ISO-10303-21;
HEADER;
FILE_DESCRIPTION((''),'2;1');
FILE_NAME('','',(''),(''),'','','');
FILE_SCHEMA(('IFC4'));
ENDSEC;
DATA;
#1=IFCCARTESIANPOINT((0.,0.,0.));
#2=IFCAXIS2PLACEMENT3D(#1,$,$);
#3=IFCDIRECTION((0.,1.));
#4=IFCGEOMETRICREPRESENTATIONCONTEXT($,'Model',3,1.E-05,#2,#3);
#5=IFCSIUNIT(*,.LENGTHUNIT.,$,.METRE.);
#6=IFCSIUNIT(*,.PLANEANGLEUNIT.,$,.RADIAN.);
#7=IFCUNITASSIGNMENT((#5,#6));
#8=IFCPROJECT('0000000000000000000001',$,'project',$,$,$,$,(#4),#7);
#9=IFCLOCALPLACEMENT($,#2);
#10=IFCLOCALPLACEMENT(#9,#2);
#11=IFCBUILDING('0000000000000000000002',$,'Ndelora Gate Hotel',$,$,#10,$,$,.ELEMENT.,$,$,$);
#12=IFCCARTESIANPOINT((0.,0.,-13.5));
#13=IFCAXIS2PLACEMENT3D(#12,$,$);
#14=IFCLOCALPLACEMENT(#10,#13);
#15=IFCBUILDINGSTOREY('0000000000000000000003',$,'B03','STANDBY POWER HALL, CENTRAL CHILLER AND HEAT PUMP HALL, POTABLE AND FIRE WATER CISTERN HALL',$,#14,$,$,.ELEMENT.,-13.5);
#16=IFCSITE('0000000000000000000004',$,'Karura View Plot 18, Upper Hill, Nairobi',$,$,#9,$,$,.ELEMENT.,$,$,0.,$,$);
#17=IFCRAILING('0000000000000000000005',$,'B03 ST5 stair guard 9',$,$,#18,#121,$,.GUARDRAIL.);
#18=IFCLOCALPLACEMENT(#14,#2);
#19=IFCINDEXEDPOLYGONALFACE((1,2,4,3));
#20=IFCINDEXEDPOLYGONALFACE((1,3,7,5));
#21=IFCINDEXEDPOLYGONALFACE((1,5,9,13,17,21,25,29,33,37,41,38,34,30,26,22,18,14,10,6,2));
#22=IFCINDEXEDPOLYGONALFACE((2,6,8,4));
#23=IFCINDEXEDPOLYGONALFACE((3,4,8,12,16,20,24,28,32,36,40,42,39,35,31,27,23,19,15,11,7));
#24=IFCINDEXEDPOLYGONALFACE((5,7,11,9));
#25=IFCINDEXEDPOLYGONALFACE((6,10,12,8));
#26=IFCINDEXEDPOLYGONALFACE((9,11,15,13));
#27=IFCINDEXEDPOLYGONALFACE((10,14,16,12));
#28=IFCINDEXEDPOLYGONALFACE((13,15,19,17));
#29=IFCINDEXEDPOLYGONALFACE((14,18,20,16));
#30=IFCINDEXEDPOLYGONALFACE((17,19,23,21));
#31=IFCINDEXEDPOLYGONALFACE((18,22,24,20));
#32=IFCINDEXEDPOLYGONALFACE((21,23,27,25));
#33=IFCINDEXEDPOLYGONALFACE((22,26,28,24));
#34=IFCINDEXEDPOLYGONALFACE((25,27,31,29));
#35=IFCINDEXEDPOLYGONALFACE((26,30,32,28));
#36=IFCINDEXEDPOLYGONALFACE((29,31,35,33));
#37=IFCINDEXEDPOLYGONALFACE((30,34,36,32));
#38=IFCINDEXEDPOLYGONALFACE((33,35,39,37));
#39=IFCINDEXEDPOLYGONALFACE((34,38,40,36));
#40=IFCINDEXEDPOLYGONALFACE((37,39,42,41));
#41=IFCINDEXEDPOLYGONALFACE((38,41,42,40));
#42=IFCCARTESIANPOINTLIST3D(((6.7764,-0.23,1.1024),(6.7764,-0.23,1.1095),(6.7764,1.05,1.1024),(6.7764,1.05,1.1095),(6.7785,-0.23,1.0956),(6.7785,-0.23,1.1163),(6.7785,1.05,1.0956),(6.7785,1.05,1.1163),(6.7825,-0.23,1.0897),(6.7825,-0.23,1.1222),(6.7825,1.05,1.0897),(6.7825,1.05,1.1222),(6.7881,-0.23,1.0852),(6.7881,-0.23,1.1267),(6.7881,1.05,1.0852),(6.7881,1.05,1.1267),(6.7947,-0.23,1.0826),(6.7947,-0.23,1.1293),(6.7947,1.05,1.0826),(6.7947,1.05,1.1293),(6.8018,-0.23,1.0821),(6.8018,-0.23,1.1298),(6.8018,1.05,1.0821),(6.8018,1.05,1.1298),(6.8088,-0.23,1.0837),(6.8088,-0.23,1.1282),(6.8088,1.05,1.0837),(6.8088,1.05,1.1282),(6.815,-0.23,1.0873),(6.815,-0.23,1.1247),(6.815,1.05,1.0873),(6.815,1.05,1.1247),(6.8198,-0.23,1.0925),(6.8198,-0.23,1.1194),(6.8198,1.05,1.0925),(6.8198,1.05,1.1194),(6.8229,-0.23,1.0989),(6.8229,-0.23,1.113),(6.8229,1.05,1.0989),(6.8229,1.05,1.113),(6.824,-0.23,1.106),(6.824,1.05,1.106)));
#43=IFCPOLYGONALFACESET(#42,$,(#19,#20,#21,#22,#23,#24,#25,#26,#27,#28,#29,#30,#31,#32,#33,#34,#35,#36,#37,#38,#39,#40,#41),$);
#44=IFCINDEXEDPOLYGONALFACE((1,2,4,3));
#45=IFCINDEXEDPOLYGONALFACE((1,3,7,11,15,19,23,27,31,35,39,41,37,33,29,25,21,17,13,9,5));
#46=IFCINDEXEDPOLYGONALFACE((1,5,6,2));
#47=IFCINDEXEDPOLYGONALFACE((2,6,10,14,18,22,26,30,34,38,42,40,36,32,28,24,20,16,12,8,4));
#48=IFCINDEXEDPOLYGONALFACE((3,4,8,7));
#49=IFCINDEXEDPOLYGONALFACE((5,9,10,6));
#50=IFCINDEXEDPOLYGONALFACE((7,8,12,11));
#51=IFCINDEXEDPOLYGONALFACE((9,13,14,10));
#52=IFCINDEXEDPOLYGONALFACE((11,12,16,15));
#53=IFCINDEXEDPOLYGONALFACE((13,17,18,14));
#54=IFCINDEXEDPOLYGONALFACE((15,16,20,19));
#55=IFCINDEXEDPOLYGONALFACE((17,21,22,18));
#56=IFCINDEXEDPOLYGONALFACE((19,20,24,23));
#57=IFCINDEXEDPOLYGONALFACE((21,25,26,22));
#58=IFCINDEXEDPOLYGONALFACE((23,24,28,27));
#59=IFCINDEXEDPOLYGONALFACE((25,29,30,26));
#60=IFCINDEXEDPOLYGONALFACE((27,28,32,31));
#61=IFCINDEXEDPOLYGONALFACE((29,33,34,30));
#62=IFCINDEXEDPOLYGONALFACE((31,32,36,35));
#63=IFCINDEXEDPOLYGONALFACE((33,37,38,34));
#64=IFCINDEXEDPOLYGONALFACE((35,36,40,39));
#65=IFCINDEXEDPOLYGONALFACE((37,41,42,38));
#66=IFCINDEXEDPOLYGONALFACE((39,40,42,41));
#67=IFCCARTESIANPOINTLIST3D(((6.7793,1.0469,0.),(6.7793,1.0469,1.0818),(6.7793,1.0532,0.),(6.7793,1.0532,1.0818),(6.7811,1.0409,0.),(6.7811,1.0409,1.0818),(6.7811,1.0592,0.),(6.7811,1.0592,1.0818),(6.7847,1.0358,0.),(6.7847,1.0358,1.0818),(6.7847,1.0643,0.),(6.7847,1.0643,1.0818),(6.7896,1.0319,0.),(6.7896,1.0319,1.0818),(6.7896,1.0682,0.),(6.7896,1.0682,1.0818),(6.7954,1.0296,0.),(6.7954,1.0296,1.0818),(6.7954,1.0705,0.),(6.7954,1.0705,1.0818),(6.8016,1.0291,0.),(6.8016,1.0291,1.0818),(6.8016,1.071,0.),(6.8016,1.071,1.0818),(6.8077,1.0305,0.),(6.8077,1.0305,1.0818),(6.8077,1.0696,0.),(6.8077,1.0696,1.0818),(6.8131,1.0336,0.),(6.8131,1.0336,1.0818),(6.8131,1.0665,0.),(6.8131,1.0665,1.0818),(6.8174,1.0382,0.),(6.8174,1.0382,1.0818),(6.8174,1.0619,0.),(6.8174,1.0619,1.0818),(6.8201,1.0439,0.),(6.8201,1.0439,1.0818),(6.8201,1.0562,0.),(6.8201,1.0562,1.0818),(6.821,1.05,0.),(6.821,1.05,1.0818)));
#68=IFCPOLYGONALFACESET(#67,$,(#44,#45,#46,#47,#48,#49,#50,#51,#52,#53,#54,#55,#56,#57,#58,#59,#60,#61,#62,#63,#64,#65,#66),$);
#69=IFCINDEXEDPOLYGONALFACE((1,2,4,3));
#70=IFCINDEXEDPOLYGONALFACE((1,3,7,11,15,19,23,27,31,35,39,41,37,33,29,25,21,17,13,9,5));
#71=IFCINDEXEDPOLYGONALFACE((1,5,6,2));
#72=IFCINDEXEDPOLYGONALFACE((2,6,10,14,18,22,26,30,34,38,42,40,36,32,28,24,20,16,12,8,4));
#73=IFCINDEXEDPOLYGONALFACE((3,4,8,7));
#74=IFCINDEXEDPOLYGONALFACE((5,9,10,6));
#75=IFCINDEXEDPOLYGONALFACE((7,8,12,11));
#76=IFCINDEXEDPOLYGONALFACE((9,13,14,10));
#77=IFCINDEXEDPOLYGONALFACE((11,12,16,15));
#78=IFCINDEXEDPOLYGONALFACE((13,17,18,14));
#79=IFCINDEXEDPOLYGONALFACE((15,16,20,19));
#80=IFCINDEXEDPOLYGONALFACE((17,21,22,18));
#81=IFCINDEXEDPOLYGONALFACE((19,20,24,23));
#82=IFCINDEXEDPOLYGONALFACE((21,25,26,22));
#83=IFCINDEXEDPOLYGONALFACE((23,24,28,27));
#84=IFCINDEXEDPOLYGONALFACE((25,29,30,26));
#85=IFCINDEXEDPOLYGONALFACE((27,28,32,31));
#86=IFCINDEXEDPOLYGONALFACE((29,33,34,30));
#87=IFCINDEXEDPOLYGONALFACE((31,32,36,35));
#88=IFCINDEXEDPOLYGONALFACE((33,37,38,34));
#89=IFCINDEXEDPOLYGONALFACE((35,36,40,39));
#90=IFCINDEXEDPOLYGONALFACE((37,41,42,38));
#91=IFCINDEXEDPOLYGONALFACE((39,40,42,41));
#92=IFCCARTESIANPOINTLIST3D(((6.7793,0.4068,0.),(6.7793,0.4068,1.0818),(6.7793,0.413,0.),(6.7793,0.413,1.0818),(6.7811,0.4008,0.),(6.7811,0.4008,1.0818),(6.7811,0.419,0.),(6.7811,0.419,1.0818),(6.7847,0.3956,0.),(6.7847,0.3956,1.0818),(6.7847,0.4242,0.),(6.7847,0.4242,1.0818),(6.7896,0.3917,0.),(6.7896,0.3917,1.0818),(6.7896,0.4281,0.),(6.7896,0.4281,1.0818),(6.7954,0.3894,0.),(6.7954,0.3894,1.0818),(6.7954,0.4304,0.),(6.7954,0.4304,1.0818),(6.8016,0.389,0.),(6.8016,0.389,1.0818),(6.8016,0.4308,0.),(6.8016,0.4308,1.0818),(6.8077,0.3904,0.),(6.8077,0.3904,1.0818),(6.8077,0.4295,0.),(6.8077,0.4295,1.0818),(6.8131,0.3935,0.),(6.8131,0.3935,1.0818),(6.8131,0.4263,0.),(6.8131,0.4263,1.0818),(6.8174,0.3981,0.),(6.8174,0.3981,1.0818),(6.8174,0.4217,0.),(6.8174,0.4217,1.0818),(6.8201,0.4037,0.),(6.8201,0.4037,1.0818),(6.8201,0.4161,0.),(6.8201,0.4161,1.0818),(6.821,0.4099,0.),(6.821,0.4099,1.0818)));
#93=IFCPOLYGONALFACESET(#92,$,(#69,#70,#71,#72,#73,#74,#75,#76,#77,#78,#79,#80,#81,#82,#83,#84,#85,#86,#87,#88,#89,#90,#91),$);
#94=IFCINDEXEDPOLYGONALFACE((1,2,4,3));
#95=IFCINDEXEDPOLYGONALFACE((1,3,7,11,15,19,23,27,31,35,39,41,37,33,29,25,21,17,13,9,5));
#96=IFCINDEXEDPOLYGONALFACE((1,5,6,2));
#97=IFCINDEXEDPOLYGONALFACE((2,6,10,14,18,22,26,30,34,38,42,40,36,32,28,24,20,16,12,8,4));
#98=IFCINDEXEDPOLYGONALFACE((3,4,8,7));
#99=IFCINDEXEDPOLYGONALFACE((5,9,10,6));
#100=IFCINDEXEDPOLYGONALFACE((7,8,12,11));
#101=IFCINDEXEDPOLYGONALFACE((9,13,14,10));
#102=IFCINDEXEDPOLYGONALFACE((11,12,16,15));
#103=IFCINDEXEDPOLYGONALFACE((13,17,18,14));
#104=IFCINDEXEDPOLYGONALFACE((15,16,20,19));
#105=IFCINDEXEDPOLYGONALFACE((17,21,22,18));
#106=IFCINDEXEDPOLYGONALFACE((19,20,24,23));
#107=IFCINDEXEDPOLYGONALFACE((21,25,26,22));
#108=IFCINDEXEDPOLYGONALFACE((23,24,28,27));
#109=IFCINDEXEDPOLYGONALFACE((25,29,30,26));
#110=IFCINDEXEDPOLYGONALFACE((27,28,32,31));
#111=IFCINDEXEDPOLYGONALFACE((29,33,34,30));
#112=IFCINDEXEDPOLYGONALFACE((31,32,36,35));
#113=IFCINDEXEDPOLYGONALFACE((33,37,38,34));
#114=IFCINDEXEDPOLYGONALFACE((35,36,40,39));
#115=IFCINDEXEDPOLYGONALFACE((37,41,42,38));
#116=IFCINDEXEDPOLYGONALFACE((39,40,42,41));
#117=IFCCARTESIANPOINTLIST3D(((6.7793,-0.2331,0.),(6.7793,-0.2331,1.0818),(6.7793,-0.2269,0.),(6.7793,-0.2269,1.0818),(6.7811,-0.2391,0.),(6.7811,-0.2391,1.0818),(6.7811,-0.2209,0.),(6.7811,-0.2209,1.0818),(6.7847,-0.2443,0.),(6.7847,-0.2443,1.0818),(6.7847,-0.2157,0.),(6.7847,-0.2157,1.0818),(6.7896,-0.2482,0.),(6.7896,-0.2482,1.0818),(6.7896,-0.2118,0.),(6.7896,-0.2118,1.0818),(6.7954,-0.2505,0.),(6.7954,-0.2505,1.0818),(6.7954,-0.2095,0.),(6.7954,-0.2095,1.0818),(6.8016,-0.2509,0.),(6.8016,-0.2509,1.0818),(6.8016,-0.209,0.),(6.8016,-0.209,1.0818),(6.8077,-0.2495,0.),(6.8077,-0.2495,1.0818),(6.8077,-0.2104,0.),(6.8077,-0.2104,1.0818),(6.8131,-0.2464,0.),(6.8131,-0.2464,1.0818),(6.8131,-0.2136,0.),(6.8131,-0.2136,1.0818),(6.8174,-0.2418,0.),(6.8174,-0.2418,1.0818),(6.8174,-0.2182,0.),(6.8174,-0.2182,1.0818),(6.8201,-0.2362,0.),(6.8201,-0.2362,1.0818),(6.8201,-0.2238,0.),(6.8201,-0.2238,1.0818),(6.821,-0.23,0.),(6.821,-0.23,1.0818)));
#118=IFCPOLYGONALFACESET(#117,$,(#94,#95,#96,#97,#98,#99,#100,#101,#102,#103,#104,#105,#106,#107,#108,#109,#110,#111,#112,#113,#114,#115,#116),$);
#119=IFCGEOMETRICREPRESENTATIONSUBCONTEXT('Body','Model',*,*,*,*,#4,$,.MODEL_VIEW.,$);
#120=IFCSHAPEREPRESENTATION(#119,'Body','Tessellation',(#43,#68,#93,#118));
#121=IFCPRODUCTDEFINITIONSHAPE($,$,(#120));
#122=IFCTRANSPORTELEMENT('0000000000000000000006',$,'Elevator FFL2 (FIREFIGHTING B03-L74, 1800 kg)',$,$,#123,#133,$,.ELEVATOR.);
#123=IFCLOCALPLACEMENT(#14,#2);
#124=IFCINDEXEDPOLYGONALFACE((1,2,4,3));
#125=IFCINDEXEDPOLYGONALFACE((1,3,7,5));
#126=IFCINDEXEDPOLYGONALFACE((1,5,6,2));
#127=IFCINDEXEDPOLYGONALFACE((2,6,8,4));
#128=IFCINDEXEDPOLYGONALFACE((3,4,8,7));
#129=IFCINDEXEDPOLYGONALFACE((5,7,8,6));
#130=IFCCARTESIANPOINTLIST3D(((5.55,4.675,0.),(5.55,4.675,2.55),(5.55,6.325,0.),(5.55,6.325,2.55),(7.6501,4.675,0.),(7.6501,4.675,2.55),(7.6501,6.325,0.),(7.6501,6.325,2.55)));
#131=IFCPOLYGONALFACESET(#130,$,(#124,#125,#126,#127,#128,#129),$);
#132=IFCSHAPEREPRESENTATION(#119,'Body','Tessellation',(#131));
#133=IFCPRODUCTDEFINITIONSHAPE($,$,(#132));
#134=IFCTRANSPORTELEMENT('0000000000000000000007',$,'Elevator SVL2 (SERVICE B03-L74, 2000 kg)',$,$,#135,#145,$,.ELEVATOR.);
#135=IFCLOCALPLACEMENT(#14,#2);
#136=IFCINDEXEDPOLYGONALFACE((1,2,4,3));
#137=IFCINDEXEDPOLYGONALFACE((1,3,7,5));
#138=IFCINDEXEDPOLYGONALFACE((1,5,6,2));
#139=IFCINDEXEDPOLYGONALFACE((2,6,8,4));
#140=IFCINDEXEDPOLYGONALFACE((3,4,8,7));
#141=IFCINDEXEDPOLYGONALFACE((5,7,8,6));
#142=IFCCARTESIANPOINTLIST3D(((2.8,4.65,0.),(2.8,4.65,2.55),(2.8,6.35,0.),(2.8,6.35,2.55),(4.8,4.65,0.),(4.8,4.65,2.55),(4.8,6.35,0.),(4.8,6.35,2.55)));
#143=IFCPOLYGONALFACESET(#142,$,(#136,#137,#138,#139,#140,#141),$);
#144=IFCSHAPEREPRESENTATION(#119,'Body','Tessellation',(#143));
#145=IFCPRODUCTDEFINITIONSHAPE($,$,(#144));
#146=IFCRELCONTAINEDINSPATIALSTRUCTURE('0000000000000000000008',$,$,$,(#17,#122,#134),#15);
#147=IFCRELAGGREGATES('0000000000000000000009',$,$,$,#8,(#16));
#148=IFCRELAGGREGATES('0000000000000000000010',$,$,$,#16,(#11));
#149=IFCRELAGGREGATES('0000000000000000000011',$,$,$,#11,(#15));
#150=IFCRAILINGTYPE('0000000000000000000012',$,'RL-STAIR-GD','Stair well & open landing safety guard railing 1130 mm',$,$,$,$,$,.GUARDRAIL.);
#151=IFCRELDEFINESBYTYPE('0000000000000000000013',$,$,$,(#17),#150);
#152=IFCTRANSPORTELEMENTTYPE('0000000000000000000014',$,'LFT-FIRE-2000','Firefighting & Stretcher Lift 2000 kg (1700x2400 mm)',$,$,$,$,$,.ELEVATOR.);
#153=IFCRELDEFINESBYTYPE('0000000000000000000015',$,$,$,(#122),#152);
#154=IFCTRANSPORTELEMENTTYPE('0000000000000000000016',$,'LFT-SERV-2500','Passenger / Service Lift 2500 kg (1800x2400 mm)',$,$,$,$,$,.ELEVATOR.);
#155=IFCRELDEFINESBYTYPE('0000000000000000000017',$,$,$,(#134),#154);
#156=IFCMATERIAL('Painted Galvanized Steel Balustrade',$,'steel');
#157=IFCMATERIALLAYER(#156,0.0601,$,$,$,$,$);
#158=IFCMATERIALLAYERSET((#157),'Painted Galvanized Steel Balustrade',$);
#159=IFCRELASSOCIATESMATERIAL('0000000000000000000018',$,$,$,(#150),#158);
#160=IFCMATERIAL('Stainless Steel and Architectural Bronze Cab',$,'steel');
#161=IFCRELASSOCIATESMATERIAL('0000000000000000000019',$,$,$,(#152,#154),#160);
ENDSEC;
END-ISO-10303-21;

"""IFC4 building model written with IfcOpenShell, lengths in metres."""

from ifc_helpers import new_model, si_unit, direction, frame, origin, origin_2d, place, context, subcontext, project, spatial, rectangle, circle, extrude, material, layer, layer_set, type_object, element, save


model = new_model("IFC4")

# Units and contexts
model_context = context("Model", 3, precision=1e-05, world=origin(), true_north=direction((0.0, 1.0)))
body_context = subcontext(model_context, "Body", "Model", "MODEL_VIEW")
ifc_project = project(units=[si_unit("LENGTHUNIT", "METRE"), si_unit("PLANEANGLEUNIT", "RADIAN")], contexts=[model_context])

# Site, building, storey
site_placement = place(None, origin())
site = spatial("IfcSite", under=ifc_project, at=site_placement, Name="Karura View Plot 18, Upper Hill, Nairobi", CompositionType="ELEMENT", RefElevation=0.0)
building_placement = place(site_placement, origin())
building = spatial("IfcBuilding", under=site, at=building_placement, Name="Ndelora Gate Hotel", CompositionType="ELEMENT")
storey_placement = place(building_placement, frame((0.0, 0.0, -13.5)))
storey = spatial("IfcBuildingStorey", under=building, at=storey_placement, Name="B03", Description="STANDBY POWER HALL, CENTRAL CHILLER AND HEAT PUMP HALL, POTABLE AND FIRE WATER CISTERN HALL", CompositionType="ELEMENT", Elevation=-13.5)

# Railing
ifc_material_1 = material(Name="Painted Galvanized Steel Balustrade", Category="steel")
ifc_layer_1 = layer(ifc_material_1, 0.0601)
ifc_layer_set_1 = layer_set([ifc_layer_1], Name="Painted Galvanized Steel Balustrade")
railing_type = type_object("IfcRailingType", Name="RL-STAIR-GD", Description="Stair well & open landing safety guard railing 1130 mm", PredefinedType="GUARDRAIL", material=ifc_layer_set_1)
for number, where, name in (
    (1, (6.8, 1.05, 0.0), "B03 ST5 stair guard 9"),
):
    element("IfcRailing", number, at=place(storey_placement, frame(where)), inside=storey, type_object=railing_type, Name=name, PredefinedType="GUARDRAIL", context=body_context, shape_type="SweptSolid", body=[
        extrude(circle(Radius=0.0239, at=origin_2d()), frame((0.0, 0.0, 1.106), z_axis=(0.0, -1.0, 0.0), x_axis=(1.0, 0.0, 0.0)), (0.0, 0.0, 1.0), 1.28),
        extrude(circle(Radius=0.021, at=origin_2d()), origin(), (0.0, 0.0, 1.0), 1.0818),
        extrude(circle(Radius=0.021, at=origin_2d()), frame((0.0, -0.6401, 0.0)), (0.0, 0.0, 1.0), 1.0818),
        extrude(circle(Radius=0.021, at=origin_2d()), frame((0.0, -1.28, 0.0)), (0.0, 0.0, 1.0), 1.0818),
    ])

# Transport elements
ifc_material_2 = material(Name="Stainless Steel and Architectural Bronze Cab", Category="steel")
transport_element_type_1 = type_object("IfcTransportElementType", Name="LFT-FIRE-2000", Description="Firefighting & Stretcher Lift 2000 kg (1700x2400 mm)", PredefinedType="ELEVATOR", material=ifc_material_2)
transport_element_1_placement = place(storey_placement, frame((6.6001, 5.5, 0.0), z_axis=(0.0, 0.0, 1.0), x_axis=(1.0, 0.0, 0.0)))
element("IfcTransportElement", 2, at=transport_element_1_placement, inside=storey, type_object=transport_element_type_1, Name="Elevator FFL2 (FIREFIGHTING B03-L74, 1800 kg)", PredefinedType="ELEVATOR", context=body_context, shape_type="SweptSolid", body=[
    extrude(rectangle(XDim=2.1001, YDim=1.6499, at=origin_2d()), origin(), (0.0, 0.0, 1.0), 2.55),
])
transport_element_type_2 = type_object("IfcTransportElementType", Name="LFT-SERV-2500", Description="Passenger / Service Lift 2500 kg (1800x2400 mm)", PredefinedType="ELEVATOR", material=ifc_material_2)
transport_element_2_placement = place(storey_placement, frame((3.8, 5.5, 0.0), z_axis=(0.0, 0.0, 1.0), x_axis=(1.0, 0.0, 0.0)))
element("IfcTransportElement", 3, at=transport_element_2_placement, inside=storey, type_object=transport_element_type_2, Name="Elevator SVL2 (SERVICE B03-L74, 2000 kg)", PredefinedType="ELEVATOR", context=body_context, shape_type="SweptSolid", body=[
    extrude(rectangle(XDim=2.0, YDim=1.7, at=origin_2d()), origin(), (0.0, 0.0, 1.0), 2.55),
])

save(model, "model.ifc")
